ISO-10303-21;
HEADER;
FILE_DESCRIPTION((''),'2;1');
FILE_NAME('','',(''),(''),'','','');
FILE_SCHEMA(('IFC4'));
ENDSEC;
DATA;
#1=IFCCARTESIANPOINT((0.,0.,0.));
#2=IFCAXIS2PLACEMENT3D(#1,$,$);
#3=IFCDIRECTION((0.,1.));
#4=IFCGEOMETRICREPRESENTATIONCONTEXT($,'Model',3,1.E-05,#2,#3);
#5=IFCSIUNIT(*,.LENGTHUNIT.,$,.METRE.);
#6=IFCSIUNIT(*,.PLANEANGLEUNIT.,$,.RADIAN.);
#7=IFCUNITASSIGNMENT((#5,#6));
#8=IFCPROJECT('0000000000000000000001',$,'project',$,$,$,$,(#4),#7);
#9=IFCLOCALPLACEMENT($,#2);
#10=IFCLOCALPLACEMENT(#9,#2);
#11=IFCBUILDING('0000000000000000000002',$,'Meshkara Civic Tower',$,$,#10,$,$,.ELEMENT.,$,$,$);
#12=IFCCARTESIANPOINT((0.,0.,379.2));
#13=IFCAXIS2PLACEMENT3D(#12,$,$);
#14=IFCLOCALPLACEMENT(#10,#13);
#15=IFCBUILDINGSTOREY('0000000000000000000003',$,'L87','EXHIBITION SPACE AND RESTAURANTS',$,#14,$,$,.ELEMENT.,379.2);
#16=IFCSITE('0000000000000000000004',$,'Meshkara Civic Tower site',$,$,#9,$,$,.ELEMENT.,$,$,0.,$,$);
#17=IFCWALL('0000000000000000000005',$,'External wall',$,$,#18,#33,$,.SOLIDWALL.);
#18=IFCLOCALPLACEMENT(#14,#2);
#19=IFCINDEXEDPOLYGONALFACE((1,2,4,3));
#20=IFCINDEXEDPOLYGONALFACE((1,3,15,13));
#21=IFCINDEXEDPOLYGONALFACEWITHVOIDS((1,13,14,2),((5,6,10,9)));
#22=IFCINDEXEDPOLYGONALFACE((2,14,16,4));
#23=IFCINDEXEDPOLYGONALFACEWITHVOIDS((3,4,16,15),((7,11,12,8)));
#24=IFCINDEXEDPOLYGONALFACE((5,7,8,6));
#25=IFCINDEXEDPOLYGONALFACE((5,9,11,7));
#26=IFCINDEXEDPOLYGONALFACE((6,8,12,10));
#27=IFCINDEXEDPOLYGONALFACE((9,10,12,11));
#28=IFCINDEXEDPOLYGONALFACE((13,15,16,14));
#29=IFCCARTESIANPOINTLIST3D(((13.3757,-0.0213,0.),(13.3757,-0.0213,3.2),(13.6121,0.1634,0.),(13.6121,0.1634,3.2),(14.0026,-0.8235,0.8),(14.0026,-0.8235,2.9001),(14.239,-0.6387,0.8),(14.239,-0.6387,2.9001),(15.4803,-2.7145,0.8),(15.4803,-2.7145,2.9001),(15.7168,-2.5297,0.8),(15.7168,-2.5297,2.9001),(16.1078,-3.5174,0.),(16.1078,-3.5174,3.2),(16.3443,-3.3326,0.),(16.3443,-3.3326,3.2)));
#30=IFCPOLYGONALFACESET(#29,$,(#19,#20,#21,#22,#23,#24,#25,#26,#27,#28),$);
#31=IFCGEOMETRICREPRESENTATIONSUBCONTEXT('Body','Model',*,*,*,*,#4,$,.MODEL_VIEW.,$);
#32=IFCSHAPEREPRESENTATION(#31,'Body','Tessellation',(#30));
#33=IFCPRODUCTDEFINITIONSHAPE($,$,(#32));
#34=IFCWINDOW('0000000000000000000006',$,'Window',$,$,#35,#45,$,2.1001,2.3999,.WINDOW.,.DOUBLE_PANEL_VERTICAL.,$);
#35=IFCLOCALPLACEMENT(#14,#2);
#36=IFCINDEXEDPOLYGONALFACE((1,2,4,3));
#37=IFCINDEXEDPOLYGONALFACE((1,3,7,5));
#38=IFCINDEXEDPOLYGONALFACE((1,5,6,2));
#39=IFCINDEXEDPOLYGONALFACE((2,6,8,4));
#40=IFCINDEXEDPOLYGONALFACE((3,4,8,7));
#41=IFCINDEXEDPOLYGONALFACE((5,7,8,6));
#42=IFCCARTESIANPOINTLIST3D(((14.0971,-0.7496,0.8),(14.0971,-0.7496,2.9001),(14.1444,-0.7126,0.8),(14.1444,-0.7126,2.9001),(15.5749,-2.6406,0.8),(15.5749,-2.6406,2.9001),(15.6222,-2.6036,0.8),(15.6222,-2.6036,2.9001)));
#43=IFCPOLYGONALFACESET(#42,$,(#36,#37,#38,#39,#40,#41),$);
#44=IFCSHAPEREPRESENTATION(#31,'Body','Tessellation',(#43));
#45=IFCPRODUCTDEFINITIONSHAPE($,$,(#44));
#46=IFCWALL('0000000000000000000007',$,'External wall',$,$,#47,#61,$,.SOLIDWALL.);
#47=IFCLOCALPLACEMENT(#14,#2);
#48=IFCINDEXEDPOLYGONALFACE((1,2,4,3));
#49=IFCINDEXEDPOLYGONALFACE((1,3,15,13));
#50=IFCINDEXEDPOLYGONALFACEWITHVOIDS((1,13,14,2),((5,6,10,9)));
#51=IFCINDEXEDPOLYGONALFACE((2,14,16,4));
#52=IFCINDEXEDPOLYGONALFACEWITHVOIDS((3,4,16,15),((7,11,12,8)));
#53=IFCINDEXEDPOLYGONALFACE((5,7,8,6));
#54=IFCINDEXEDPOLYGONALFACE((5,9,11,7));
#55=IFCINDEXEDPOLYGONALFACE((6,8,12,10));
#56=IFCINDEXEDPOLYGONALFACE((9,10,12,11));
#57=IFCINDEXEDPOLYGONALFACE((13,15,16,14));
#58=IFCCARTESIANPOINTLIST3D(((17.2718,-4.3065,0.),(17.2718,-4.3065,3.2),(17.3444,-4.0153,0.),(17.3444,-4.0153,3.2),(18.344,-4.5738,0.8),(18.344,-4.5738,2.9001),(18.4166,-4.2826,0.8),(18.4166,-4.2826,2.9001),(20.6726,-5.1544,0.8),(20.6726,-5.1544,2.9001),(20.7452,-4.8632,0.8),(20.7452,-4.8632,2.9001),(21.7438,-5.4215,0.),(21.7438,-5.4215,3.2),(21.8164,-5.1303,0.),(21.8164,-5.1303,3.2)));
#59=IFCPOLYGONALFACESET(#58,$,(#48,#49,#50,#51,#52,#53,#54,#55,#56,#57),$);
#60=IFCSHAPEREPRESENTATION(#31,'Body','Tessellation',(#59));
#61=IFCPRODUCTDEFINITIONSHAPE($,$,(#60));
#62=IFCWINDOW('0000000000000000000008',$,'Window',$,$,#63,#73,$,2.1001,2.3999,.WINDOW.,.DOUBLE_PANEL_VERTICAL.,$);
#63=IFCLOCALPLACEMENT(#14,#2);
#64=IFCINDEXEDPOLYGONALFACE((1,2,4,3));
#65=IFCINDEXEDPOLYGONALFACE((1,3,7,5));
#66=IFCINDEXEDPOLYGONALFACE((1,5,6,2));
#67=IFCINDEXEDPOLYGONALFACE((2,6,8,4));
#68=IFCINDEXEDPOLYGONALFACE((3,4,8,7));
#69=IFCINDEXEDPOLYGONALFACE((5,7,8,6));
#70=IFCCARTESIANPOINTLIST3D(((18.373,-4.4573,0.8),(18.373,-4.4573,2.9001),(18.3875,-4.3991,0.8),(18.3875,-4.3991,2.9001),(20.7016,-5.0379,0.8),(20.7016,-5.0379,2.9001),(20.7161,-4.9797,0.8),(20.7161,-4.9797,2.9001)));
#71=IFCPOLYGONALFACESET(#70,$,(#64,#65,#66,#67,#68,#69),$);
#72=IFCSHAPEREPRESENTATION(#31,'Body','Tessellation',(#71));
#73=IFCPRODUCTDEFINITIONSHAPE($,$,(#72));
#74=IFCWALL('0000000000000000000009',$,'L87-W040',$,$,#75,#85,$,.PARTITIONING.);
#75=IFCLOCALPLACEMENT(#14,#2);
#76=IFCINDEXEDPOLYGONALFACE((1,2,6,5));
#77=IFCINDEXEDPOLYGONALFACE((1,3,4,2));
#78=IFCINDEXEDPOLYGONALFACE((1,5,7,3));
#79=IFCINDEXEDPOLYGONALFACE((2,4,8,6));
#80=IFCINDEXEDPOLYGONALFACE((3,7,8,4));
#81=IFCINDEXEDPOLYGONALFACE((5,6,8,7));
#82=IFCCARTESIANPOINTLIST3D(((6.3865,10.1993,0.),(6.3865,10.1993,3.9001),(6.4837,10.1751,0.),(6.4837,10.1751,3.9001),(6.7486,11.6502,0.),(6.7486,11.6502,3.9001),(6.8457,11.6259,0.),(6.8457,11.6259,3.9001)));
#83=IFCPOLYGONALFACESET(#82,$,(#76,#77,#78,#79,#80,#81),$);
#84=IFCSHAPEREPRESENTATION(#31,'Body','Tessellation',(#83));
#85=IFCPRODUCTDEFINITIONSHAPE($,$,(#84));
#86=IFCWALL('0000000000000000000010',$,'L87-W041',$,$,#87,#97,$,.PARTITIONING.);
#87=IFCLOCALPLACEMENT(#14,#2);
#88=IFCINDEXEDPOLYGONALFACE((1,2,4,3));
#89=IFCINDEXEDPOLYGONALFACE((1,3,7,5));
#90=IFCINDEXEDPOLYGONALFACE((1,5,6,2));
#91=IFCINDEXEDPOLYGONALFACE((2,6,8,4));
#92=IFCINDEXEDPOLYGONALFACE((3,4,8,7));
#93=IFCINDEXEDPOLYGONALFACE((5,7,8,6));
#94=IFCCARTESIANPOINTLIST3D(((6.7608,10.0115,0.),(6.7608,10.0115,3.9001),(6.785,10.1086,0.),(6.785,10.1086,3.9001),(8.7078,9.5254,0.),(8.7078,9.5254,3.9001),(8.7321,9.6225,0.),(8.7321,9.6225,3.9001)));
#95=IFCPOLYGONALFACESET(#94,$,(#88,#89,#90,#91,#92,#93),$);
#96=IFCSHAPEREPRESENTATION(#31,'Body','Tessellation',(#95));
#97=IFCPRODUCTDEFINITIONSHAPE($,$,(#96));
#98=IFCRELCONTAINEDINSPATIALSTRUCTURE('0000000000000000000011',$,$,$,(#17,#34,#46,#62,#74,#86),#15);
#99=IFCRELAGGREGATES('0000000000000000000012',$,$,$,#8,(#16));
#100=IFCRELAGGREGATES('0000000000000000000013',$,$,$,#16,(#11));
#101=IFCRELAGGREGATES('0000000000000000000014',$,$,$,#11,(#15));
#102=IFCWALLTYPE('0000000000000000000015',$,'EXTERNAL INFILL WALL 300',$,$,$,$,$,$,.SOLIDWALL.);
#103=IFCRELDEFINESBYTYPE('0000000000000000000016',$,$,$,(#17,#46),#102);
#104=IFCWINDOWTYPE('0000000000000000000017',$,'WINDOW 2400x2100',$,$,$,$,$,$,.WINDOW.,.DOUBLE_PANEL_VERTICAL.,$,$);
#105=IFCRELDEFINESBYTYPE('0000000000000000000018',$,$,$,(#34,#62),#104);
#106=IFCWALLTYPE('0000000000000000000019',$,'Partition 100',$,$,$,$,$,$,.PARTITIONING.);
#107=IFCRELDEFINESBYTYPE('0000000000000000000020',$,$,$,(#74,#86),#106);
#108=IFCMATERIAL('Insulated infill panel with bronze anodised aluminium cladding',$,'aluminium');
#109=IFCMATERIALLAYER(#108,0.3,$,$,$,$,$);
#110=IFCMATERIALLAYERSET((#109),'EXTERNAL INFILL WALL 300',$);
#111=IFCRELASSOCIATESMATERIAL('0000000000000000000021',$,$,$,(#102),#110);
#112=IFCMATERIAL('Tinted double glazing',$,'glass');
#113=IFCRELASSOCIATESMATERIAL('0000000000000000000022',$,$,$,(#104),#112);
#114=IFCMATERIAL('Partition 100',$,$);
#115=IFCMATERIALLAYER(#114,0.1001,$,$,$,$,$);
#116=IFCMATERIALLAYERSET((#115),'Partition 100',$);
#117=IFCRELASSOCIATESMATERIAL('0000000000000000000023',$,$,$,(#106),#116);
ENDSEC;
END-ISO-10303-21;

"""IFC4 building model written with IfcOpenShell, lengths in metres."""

from ifc_helpers import new_model, si_unit, direction, frame, frame_2d, origin, place, context, subcontext, project, spatial, rectangle, extrude, material, layer, layer_set, type_object, element, fill, save


model = new_model("IFC4")

# Units and contexts
model_context = context("Model", 3, precision=1e-05, world=origin(), true_north=direction((0.0, 1.0)))
body_context = subcontext(model_context, "Body", "Model", "MODEL_VIEW")
ifc_project = project(units=[si_unit("LENGTHUNIT", "METRE"), si_unit("PLANEANGLEUNIT", "RADIAN")], contexts=[model_context])

# Site, building, storey
site_placement = place(None, origin())
site = spatial("IfcSite", under=ifc_project, at=site_placement, Name="Meshkara Civic Tower site", CompositionType="ELEMENT", RefElevation=0.0)
building_placement = place(site_placement, origin())
building = spatial("IfcBuilding", under=site, at=building_placement, Name="Meshkara Civic Tower", CompositionType="ELEMENT")
storey_placement = place(building_placement, frame((0.0, 0.0, 379.2)))
storey = spatial("IfcBuildingStorey", under=building, at=storey_placement, Name="L87", Description="EXHIBITION SPACE AND RESTAURANTS", CompositionType="ELEMENT", Elevation=379.2)

# Walls, openings, windows
ifc_material_1 = material(Name="Insulated infill panel with bronze anodised aluminium cladding", Category="aluminium")
ifc_layer_1 = layer(ifc_material_1, 0.3)
ifc_layer_set_1 = layer_set([ifc_layer_1], Name="EXTERNAL INFILL WALL 300")
wall_type_1 = type_object("IfcWallType", Name="EXTERNAL INFILL WALL 300", PredefinedType="SOLIDWALL", material=ifc_layer_set_1)
ifc_material_2 = material(Name="Tinted double glazing", Category="glass")
window_type = type_object("IfcWindowType", Name="WINDOW 2400x2100", PartitioningType="DOUBLE_PANEL_VERTICAL", PredefinedType="WINDOW", material=ifc_material_2)
wall_1_placement = place(storey_placement, frame((13.4939, 0.071, 0.0), z_axis=(0.0, 0.0, 1.0), x_axis=(0.615764, -0.787931, 0.0)))
wall_1 = element("IfcWall", 1, at=wall_1_placement, inside=storey, type_object=wall_type_1, Name="External wall", PredefinedType="SOLIDWALL", context=body_context, shape_type="SweptSolid", body=[
    extrude(rectangle(XDim=4.437, YDim=0.3, at=frame_2d((2.2185, 0.0))), origin(), (0.0, 0.0, 1.0), 3.2),
])
opening_1_placement = place(wall_1_placement, frame((1.0181, 0.0, 0.8)))
opening_1 = element("IfcOpeningElement", 2, at=opening_1_placement, cuts=wall_1, PredefinedType="OPENING", context=body_context, shape_type="SweptSolid", body=[
    extrude(rectangle(XDim=2.3999, YDim=2.1001, at=frame_2d((1.2, 1.05))), frame((0.0, 0.1599, 0.0), z_axis=(0.0, -1.0, 0.0), x_axis=(1.0, 0.0, 0.0)), (0.0, 0.0, 1.0), 0.3201),
])
window_1_placement = place(opening_1_placement, origin())
window_1 = element("IfcWindow", 3, at=window_1_placement, inside=storey, type_object=window_type, Name="Window", OverallHeight=2.1001, OverallWidth=2.3999, PartitioningType="DOUBLE_PANEL_VERTICAL", PredefinedType="WINDOW", context=body_context, shape_type="SweptSolid", body=[
    extrude(rectangle(XDim=2.3999, YDim=2.1001, at=frame_2d((1.2, 1.05))), frame((0.0, 0.03, 0.0), z_axis=(0.0, -1.0, 0.0), x_axis=(1.0, 0.0, 0.0)), (0.0, 0.0, 1.0), 0.0601),
])
fill(opening_1, window_1)
wall_2_placement = place(storey_placement, frame((17.3081, -4.1609, 0.0), z_axis=(0.0, 0.0, 1.0), x_axis=(0.970295, -0.241925, 0.0)))
wall_2 = element("IfcWall", 4, at=wall_2_placement, inside=storey, type_object=wall_type_1, Name="External wall", PredefinedType="SOLIDWALL", context=body_context, shape_type="SweptSolid", body=[
    extrude(rectangle(XDim=4.6089, YDim=0.3, at=frame_2d((2.3044, 0.0))), origin(), (0.0, 0.0, 1.0), 3.2),
])
opening_2_placement = place(wall_2_placement, frame((1.105, 0.0, 0.8)))
opening_2 = element("IfcOpeningElement", 5, at=opening_2_placement, cuts=wall_2, PredefinedType="OPENING", context=body_context, shape_type="SweptSolid", body=[
    extrude(rectangle(XDim=2.3999, YDim=2.1001, at=frame_2d((1.2, 1.05))), frame((0.0, 0.1599, 0.0), z_axis=(0.0, -1.0, 0.0), x_axis=(1.0, 0.0, 0.0)), (0.0, 0.0, 1.0), 0.3201),
])
window_2_placement = place(opening_2_placement, origin())
window_2 = element("IfcWindow", 6, at=window_2_placement, inside=storey, type_object=window_type, Name="Window", OverallHeight=2.1001, OverallWidth=2.3999, PartitioningType="DOUBLE_PANEL_VERTICAL", PredefinedType="WINDOW", context=body_context, shape_type="SweptSolid", body=[
    extrude(rectangle(XDim=2.3999, YDim=2.1001, at=frame_2d((1.2, 1.05))), frame((0.0, 0.03, 0.0), z_axis=(0.0, -1.0, 0.0), x_axis=(1.0, 0.0, 0.0)), (0.0, 0.0, 1.0), 0.0601),
])
fill(opening_2, window_2)

# Walls
ifc_material_3 = material(Name="Partition 100")
ifc_layer_2 = layer(ifc_material_3, 0.1001)
ifc_layer_set_2 = layer_set([ifc_layer_2], Name="Partition 100")
wall_type_2 = type_object("IfcWallType", Name="Partition 100", PredefinedType="PARTITIONING", material=ifc_layer_set_2)
wall_3_placement = place(storey_placement, frame((6.7971, 11.6379, 0.0), z_axis=(0.0, 0.0, 1.0), x_axis=(-0.242113, -0.970248, 0.0)))
element("IfcWall", 7, at=wall_3_placement, inside=storey, type_object=wall_type_2, Name="L87-W040", PredefinedType="PARTITIONING", context=body_context, shape_type="SweptSolid", body=[
    extrude(rectangle(XDim=1.4954, YDim=0.1001, at=frame_2d((0.7476, 0.0))), origin(), (0.0, 0.0, 1.0), 3.9001),
])
wall_4_placement = place(storey_placement, frame((8.72, 9.574, 0.0), z_axis=(0.0, 0.0, 1.0), x_axis=(-0.970221, 0.242221, 0.0)))
element("IfcWall", 8, at=wall_4_placement, inside=storey, type_object=wall_type_2, Name="L87-W041", PredefinedType="PARTITIONING", context=body_context, shape_type="SweptSolid", body=[
    extrude(rectangle(XDim=2.0068, YDim=0.1001, at=frame_2d((1.0034, 0.0))), origin(), (0.0, 0.0, 1.0), 3.9001),
])

save(model, "model.ifc")
